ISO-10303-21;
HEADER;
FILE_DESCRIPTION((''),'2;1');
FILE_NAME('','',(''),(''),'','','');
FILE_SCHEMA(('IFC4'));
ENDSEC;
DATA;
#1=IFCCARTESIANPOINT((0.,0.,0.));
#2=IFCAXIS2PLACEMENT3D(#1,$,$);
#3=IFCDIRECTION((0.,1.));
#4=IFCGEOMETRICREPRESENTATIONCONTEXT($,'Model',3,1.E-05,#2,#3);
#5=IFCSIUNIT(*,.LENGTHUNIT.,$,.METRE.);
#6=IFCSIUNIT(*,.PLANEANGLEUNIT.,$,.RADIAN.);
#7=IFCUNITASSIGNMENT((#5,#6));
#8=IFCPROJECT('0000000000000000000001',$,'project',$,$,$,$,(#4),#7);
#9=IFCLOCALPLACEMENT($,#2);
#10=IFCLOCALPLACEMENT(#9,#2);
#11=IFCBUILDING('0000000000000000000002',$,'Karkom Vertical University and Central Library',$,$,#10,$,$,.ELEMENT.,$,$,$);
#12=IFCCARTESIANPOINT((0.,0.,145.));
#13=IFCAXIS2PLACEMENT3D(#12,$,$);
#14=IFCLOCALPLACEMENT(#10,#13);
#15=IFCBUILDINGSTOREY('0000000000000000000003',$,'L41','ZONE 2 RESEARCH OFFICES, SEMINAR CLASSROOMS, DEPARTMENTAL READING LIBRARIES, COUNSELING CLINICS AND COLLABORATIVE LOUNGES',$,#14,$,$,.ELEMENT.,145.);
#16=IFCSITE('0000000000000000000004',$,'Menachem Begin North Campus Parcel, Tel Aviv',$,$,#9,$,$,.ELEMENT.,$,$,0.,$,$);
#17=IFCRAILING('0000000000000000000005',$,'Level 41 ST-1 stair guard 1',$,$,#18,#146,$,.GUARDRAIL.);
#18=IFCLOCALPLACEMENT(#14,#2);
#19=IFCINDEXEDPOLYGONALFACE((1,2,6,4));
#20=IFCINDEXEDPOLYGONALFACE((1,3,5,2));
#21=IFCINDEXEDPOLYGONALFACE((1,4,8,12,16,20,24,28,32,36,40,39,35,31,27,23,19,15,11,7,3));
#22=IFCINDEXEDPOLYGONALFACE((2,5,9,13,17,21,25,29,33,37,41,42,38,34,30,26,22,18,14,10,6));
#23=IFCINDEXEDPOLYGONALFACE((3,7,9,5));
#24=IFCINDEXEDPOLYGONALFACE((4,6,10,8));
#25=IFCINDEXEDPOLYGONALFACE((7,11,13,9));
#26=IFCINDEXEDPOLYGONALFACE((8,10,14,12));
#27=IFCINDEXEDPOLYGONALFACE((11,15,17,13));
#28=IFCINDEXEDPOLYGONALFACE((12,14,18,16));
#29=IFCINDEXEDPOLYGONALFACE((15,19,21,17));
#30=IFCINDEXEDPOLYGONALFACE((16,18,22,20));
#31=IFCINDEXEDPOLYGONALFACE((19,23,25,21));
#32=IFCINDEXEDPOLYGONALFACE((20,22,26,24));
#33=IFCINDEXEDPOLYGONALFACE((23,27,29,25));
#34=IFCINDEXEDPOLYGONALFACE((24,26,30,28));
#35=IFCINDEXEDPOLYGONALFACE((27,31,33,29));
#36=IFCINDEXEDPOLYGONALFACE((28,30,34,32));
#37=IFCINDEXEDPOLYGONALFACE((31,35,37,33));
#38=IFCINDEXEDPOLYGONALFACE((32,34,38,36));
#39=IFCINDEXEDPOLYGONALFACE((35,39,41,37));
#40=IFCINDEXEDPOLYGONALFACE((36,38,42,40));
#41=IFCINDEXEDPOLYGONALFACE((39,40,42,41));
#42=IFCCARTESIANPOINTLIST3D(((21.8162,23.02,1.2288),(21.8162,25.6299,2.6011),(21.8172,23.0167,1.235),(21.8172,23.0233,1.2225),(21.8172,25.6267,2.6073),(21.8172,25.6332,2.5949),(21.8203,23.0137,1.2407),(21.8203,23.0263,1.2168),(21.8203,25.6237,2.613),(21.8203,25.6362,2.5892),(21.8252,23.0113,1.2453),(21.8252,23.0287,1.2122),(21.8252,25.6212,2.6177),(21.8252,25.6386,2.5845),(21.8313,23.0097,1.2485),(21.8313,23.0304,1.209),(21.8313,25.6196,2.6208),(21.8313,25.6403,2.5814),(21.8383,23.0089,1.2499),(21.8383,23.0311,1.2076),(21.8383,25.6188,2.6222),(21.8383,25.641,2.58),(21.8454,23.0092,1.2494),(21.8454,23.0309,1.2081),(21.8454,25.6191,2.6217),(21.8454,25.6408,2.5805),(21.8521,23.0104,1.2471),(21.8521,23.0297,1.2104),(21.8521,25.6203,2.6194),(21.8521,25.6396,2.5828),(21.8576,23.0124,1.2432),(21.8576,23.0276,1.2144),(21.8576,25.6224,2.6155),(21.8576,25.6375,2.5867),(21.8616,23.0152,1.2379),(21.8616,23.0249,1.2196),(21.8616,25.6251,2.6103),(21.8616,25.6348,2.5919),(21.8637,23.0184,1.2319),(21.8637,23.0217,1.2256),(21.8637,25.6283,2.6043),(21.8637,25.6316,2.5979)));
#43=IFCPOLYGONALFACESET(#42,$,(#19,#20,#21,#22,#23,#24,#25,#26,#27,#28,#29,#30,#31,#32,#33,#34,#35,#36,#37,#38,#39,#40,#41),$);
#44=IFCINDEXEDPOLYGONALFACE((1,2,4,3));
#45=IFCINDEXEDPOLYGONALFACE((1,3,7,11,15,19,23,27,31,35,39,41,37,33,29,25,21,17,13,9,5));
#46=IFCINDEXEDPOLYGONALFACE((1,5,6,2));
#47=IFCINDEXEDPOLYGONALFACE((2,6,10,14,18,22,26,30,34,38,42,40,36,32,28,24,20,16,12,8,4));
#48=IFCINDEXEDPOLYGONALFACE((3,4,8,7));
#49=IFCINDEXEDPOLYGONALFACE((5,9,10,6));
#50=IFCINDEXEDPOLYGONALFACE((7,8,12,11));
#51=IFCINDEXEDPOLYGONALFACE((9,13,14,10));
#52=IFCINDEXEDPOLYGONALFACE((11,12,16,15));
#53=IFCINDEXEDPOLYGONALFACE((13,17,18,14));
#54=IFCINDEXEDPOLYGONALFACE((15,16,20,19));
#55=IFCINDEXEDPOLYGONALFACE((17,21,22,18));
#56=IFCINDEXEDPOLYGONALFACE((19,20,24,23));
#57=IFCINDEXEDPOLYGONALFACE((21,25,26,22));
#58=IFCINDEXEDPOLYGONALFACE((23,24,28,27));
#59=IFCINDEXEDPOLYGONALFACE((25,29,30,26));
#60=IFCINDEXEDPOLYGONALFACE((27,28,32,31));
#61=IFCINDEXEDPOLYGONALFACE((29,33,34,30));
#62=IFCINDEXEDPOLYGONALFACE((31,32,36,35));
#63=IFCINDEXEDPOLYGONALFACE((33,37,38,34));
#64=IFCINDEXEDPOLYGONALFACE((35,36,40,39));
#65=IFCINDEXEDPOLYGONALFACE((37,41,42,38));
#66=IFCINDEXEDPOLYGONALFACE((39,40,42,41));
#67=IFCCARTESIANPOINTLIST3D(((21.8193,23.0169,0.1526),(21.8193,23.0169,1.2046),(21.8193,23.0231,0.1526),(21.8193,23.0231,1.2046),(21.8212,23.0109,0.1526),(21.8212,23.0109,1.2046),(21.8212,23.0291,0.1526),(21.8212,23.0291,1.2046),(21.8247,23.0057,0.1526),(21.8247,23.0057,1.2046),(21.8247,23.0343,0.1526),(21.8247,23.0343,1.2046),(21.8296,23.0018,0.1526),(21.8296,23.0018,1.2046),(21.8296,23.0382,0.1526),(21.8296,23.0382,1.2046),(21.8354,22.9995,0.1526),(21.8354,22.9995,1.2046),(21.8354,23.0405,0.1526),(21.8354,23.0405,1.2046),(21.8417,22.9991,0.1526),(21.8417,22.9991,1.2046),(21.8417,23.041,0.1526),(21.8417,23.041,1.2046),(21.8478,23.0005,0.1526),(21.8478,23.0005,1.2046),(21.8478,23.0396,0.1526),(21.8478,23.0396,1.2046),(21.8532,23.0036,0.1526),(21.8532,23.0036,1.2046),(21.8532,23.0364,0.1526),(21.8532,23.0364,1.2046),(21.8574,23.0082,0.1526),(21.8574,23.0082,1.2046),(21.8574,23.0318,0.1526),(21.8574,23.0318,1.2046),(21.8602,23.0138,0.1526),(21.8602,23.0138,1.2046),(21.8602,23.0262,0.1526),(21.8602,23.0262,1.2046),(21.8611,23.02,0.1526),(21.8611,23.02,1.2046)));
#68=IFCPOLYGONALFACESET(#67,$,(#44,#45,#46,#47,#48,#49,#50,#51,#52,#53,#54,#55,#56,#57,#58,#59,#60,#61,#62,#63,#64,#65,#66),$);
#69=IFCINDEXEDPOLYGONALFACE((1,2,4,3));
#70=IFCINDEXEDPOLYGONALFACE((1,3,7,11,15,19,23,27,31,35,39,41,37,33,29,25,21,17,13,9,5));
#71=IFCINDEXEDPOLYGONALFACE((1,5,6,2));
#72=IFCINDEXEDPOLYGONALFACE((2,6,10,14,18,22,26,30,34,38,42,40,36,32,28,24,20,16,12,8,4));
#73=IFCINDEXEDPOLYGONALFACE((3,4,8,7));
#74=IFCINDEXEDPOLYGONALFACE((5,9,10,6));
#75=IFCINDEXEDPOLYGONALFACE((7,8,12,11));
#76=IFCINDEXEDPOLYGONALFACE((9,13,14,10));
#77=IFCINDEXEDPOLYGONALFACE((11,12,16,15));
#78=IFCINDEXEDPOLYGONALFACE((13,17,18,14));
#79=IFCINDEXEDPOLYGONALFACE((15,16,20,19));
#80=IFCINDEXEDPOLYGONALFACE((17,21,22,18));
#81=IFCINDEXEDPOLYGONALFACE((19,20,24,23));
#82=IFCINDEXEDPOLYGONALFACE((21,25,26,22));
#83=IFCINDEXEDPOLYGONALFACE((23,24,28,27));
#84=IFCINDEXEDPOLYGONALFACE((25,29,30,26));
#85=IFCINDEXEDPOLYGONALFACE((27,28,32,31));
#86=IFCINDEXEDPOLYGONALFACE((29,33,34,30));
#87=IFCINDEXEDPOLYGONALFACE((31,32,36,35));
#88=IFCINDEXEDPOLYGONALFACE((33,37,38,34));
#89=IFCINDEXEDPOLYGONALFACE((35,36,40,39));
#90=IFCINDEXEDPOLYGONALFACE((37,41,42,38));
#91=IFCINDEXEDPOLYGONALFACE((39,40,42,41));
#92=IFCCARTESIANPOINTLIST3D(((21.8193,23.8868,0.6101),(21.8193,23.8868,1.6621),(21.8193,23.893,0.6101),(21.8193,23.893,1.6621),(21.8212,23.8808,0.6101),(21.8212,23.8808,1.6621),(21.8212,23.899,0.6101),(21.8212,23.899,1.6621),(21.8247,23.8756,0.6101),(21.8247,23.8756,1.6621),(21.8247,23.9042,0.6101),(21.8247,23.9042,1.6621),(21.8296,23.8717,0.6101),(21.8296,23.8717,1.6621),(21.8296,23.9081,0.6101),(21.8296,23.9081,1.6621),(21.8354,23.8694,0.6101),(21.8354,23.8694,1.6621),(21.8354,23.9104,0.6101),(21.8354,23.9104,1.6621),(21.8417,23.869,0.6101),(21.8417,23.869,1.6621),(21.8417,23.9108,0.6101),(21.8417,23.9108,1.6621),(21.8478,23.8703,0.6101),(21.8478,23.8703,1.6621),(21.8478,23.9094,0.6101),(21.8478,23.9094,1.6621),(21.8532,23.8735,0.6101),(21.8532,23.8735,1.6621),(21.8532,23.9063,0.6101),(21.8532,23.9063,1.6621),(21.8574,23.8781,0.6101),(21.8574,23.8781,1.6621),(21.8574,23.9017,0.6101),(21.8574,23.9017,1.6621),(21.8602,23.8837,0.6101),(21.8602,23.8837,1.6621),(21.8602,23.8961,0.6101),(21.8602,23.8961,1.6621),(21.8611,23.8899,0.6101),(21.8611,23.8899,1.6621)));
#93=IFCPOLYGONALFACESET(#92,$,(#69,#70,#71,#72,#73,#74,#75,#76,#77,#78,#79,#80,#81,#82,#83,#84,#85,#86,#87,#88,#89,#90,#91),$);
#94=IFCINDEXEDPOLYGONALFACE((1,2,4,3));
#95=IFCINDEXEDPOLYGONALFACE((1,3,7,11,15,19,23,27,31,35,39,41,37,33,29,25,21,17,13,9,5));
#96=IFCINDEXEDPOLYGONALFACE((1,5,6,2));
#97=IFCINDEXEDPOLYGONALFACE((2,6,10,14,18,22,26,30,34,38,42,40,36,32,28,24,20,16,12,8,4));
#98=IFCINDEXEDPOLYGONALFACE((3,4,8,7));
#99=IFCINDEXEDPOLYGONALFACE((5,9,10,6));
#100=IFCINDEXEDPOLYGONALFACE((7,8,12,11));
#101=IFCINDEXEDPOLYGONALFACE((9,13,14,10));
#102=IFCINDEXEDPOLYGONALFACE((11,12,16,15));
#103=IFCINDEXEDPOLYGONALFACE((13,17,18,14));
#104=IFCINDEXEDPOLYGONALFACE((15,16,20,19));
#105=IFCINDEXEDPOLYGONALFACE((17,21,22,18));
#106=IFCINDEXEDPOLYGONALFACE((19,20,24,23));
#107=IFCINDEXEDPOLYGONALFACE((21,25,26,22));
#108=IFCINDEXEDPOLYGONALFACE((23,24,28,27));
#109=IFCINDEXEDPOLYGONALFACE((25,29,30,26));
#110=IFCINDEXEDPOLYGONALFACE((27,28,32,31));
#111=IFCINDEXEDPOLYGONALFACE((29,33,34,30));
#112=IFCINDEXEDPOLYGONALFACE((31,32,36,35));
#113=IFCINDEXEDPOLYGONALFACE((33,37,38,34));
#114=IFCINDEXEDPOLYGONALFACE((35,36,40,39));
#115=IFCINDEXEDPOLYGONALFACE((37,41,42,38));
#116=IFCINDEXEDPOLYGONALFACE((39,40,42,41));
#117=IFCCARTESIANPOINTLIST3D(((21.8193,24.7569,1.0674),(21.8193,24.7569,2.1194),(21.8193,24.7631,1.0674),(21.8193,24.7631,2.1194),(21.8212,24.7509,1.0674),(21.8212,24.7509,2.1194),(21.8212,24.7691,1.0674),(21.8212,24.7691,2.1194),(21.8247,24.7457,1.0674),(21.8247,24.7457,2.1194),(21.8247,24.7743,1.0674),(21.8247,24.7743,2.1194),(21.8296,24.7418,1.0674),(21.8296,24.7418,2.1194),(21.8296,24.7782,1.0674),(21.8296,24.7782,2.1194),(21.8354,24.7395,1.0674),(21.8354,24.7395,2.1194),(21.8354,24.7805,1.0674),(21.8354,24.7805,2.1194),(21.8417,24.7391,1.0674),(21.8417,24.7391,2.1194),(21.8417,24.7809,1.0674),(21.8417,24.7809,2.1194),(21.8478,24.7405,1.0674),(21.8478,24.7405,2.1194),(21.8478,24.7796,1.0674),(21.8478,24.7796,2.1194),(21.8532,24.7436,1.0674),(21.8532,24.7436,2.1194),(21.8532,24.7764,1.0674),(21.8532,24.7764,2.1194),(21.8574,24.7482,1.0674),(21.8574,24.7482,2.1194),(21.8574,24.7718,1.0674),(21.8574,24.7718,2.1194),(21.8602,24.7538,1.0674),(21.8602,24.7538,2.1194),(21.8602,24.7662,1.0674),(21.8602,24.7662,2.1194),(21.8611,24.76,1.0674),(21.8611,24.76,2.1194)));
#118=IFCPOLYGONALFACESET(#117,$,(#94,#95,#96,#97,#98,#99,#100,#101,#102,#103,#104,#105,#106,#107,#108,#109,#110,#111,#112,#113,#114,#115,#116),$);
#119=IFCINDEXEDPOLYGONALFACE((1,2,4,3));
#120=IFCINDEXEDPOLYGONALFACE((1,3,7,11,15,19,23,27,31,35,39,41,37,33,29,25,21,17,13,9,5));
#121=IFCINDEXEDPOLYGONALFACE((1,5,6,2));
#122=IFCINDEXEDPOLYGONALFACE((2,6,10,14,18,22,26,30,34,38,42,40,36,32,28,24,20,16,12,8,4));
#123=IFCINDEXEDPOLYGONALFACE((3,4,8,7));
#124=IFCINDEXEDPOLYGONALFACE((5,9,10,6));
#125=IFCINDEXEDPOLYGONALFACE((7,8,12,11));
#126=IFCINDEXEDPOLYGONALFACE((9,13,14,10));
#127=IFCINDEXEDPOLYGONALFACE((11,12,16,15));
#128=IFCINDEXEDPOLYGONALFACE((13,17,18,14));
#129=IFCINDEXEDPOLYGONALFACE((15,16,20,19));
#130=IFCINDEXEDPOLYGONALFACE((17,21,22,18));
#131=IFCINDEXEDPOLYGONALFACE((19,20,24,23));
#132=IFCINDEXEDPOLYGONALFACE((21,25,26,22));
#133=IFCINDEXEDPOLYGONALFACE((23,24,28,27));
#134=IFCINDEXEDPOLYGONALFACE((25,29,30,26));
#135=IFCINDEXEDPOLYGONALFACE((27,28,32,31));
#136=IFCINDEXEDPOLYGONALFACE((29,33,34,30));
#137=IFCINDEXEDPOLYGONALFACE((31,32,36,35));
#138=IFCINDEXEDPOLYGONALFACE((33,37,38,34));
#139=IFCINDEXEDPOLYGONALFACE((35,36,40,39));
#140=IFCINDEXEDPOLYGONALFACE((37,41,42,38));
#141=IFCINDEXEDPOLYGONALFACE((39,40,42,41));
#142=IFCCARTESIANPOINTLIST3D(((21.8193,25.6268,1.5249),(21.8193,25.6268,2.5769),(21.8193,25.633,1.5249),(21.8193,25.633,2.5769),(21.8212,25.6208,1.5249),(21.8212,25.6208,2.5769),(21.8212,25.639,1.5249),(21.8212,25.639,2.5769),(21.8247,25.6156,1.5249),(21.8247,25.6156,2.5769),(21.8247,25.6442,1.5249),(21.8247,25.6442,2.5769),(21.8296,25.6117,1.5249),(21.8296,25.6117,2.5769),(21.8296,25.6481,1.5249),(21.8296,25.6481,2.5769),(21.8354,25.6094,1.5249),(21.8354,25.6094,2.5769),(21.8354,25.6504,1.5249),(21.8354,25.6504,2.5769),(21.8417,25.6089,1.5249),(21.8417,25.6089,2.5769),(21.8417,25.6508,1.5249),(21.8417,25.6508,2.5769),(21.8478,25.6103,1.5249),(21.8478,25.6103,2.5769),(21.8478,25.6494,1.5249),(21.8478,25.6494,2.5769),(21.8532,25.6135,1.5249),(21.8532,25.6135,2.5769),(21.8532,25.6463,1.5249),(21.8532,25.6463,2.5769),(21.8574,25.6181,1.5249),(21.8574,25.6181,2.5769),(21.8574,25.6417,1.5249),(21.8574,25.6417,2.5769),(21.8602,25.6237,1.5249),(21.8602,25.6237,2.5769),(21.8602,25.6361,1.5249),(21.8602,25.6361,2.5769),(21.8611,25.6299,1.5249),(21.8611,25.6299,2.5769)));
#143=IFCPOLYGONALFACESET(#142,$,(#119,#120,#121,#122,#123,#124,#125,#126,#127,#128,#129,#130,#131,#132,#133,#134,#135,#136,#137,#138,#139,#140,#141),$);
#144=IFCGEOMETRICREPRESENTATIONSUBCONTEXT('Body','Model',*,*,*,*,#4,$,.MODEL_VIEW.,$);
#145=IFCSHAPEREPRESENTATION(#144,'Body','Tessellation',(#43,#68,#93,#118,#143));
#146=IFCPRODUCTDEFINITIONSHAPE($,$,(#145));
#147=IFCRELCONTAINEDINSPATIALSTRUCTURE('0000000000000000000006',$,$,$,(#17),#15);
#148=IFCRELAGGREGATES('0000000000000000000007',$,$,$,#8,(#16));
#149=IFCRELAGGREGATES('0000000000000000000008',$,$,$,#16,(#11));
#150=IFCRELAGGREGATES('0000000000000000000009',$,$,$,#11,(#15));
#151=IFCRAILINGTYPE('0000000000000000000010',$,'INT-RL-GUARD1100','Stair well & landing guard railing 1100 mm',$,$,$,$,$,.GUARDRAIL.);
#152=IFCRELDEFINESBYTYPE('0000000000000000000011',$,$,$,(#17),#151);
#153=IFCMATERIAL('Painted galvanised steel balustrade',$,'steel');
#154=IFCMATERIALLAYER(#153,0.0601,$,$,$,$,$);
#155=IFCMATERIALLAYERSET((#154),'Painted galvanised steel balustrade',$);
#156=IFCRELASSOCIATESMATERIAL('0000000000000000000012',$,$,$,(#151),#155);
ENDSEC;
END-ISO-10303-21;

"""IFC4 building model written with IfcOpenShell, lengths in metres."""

from ifc_helpers import new_model, si_unit, direction, frame, origin, origin_2d, place, context, subcontext, project, spatial, circle, extrude, material, layer, layer_set, type_object, element, save


model = new_model("IFC4")

# Units and contexts
model_context = context("Model", 3, precision=1e-05, world=origin(), true_north=direction((0.0, 1.0)))
body_context = subcontext(model_context, "Body", "Model", "MODEL_VIEW")
ifc_project = project(units=[si_unit("LENGTHUNIT", "METRE"), si_unit("PLANEANGLEUNIT", "RADIAN")], contexts=[model_context])

# Site, building, storey
site_placement = place(None, origin())
site = spatial("IfcSite", under=ifc_project, at=site_placement, Name="Menachem Begin North Campus Parcel, Tel Aviv", CompositionType="ELEMENT", RefElevation=0.0)
building_placement = place(site_placement, origin())
building = spatial("IfcBuilding", under=site, at=building_placement, Name="Karkom Vertical University and Central Library", CompositionType="ELEMENT")
storey_placement = place(building_placement, frame((0.0, 0.0, 145.0)))
storey = spatial("IfcBuildingStorey", under=building, at=storey_placement, Name="L41", Description="ZONE 2 RESEARCH OFFICES, SEMINAR CLASSROOMS, DEPARTMENTAL READING LIBRARIES, COUNSELING CLINICS AND COLLABORATIVE LOUNGES", CompositionType="ELEMENT", Elevation=145.0)

# Railing
ifc_material_1 = material(Name="Painted galvanised steel balustrade", Category="steel")
ifc_layer_1 = layer(ifc_material_1, 0.0601)
ifc_layer_set_1 = layer_set([ifc_layer_1], Name="Painted galvanised steel balustrade")
railing_type_1 = type_object("IfcRailingType", Name="INT-RL-GUARD1100", Description="Stair well & landing guard railing 1100 mm", PredefinedType="GUARDRAIL", material=ifc_layer_set_1)
railing_1_placement = place(storey_placement, frame((21.8401, 23.02, 0.1526)))
element("IfcRailing", 1, at=railing_1_placement, inside=storey, type_object=railing_type_1, Name="Level 41 ST-1 stair guard 1", PredefinedType="GUARDRAIL", context=body_context, shape_type="SweptSolid", body=[
    extrude(circle(Radius=0.0239, at=origin_2d()), frame((0.0, 0.0, 1.0762), z_axis=(0.0, 0.8851, 0.465402), x_axis=(-1.0, 0.0, 0.0)), (0.0, 0.0, 1.0), 2.9487),
    extrude(circle(Radius=0.021, at=origin_2d()), origin(), (0.0, 0.0, 1.0), 1.052),
    extrude(circle(Radius=0.021, at=origin_2d()), frame((0.0, 0.8699, 0.4575)), (0.0, 0.0, 1.0), 1.052),
    extrude(circle(Radius=0.021, at=origin_2d()), frame((0.0, 1.74, 0.9148)), (0.0, 0.0, 1.0), 1.052),
    extrude(circle(Radius=0.021, at=origin_2d()), frame((0.0, 2.6099, 1.3723)), (0.0, 0.0, 1.0), 1.052),
])

save(model, "model.ifc")
